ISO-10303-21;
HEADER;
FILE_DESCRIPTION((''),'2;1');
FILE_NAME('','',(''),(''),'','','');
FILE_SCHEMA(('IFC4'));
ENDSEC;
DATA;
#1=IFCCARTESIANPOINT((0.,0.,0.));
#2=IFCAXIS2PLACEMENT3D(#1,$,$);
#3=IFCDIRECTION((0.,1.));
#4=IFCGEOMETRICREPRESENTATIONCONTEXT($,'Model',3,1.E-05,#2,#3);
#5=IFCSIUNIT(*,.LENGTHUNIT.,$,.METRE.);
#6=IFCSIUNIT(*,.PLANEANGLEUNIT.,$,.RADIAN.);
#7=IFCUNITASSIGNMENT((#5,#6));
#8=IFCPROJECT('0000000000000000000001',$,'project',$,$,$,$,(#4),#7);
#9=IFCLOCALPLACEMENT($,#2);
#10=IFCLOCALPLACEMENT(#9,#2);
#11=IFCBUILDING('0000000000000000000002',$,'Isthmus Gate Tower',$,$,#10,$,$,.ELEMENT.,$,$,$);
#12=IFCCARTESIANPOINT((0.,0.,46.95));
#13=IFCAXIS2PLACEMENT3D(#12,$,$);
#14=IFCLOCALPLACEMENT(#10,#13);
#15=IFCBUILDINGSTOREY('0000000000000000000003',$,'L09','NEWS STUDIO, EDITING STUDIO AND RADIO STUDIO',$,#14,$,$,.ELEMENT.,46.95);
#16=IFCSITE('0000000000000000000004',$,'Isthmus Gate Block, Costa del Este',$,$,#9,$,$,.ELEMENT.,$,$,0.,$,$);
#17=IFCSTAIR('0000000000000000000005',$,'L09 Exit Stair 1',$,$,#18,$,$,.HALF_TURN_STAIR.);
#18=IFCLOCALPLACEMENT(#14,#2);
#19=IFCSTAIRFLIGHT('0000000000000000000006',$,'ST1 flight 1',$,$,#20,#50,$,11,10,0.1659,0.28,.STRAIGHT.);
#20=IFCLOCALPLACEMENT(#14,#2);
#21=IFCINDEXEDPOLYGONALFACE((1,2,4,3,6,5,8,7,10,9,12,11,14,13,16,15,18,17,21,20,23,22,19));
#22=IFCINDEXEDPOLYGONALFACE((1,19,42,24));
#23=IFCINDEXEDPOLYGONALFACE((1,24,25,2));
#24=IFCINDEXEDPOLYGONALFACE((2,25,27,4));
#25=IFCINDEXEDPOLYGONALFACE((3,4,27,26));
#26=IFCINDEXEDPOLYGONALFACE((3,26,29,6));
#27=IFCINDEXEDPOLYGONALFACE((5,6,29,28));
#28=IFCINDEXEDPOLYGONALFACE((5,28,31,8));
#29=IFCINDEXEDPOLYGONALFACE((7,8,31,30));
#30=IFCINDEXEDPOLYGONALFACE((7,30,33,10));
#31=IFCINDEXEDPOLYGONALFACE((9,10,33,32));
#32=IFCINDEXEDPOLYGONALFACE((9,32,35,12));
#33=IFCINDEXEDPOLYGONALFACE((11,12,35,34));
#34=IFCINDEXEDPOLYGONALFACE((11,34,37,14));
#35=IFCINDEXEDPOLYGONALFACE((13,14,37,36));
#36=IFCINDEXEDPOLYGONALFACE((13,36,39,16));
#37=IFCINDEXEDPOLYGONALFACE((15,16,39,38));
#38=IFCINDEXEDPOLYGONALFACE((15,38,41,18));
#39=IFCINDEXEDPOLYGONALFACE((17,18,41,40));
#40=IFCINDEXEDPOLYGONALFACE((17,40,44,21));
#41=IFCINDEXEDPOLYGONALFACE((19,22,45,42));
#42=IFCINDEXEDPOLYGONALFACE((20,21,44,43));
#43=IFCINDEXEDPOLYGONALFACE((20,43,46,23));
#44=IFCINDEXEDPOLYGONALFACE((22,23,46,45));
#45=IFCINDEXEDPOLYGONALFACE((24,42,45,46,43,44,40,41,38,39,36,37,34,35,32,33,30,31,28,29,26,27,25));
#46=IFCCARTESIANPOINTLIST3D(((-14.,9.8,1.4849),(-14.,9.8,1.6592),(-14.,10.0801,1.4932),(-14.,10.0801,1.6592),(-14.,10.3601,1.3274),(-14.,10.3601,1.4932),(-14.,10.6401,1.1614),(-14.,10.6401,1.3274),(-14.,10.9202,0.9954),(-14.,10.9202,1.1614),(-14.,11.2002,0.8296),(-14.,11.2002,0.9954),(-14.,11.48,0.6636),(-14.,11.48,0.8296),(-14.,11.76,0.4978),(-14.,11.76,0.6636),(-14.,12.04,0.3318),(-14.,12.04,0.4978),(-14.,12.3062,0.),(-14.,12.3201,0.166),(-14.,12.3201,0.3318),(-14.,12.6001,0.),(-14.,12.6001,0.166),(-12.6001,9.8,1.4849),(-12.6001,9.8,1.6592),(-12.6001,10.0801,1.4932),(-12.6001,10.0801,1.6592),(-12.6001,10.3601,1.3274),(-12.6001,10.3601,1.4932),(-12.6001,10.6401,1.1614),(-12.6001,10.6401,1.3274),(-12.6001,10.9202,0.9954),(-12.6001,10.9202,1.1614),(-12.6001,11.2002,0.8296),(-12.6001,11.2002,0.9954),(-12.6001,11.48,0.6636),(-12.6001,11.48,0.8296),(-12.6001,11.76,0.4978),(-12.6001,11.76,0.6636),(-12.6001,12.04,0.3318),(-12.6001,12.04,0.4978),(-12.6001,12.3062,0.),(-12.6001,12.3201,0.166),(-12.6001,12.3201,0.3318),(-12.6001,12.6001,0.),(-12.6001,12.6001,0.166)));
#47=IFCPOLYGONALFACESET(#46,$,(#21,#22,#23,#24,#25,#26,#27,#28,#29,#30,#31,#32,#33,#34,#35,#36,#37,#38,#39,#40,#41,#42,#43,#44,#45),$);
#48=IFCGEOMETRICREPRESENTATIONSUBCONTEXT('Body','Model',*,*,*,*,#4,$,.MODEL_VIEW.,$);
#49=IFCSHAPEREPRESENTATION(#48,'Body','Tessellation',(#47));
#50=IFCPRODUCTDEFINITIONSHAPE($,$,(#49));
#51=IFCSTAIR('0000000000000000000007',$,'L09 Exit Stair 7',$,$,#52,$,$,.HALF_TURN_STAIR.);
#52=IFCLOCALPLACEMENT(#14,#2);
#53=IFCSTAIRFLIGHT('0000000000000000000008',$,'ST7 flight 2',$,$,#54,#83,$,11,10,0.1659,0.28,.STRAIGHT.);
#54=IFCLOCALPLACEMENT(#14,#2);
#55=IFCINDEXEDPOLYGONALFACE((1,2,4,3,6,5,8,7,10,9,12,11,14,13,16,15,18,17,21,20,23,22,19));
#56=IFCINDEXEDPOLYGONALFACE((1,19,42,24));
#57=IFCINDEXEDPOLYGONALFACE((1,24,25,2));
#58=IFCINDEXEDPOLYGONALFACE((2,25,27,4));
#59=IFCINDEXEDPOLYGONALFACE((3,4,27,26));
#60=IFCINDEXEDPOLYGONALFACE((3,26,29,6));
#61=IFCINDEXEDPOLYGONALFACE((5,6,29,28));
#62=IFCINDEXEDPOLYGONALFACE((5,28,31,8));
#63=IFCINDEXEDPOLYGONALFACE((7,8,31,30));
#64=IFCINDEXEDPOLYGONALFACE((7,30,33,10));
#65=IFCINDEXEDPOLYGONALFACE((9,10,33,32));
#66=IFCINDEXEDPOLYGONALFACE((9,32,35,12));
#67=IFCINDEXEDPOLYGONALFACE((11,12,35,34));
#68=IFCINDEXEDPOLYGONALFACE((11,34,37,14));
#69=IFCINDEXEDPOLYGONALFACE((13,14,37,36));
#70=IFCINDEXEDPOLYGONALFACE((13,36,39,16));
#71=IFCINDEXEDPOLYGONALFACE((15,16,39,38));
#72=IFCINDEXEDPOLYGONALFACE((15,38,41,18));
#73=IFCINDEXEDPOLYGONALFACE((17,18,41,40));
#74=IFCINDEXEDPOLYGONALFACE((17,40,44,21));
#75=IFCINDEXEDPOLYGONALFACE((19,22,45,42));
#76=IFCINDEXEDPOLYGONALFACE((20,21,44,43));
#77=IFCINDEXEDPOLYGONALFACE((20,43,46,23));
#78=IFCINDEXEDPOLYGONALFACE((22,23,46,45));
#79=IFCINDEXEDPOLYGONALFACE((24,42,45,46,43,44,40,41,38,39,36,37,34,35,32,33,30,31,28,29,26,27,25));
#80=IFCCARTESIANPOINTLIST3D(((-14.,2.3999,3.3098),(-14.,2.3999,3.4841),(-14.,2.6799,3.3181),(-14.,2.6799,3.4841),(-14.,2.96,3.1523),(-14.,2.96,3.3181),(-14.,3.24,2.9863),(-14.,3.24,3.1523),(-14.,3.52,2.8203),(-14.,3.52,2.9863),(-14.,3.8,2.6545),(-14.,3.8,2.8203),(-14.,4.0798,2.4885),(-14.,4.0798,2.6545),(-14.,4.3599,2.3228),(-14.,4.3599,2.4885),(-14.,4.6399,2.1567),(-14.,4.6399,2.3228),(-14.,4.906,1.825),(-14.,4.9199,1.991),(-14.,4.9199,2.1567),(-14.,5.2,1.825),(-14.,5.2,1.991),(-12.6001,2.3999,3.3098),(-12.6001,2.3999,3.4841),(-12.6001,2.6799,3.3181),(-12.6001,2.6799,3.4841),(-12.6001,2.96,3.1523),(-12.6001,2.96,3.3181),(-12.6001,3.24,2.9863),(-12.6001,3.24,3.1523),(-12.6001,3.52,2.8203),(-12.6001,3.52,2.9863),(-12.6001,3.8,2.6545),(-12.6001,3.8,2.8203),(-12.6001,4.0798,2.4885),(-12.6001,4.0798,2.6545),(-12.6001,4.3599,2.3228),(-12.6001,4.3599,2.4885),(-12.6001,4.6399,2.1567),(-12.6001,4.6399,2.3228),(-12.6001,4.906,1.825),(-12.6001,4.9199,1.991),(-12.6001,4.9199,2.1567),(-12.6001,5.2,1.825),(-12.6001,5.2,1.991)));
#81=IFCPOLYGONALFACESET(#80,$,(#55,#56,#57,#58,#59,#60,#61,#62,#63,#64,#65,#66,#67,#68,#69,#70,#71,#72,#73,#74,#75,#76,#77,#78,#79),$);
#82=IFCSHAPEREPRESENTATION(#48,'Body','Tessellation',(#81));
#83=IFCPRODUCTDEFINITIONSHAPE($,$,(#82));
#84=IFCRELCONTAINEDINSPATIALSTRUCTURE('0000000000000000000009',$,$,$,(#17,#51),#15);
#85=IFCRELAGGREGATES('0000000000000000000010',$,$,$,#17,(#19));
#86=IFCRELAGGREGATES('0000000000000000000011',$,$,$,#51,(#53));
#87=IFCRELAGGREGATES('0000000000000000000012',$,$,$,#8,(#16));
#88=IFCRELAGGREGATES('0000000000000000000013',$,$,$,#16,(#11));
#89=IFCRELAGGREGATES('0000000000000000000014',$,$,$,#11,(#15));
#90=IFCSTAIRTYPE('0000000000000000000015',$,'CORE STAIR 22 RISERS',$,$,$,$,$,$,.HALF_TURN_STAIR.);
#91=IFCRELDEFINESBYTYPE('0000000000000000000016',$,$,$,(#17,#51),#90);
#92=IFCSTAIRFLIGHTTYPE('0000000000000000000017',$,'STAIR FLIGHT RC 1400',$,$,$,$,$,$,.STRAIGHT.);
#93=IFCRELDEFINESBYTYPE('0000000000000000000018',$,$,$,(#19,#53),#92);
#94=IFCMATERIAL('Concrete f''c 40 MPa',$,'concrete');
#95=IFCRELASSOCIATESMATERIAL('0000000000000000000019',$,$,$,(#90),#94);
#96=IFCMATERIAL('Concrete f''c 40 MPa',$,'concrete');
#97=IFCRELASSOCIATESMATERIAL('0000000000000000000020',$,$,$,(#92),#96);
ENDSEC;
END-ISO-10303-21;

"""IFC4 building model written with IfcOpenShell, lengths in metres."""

from ifc_helpers import new_model, si_unit, direction, frame, origin, place, context, subcontext, project, spatial, polyline, outline, extrude, material, type_object, element, aggregate, save


model = new_model("IFC4")

# Units and contexts
model_context = context("Model", 3, precision=1e-05, world=origin(), true_north=direction((0.0, 1.0)))
body_context = subcontext(model_context, "Body", "Model", "MODEL_VIEW")
ifc_project = project(units=[si_unit("LENGTHUNIT", "METRE"), si_unit("PLANEANGLEUNIT", "RADIAN")], contexts=[model_context])

# Site, building, storey
site_placement = place(None, origin())
site = spatial("IfcSite", under=ifc_project, at=site_placement, Name="Isthmus Gate Block, Costa del Este", CompositionType="ELEMENT", RefElevation=0.0)
building_placement = place(site_placement, origin())
building = spatial("IfcBuilding", under=site, at=building_placement, Name="Isthmus Gate Tower", CompositionType="ELEMENT")
storey_placement = place(building_placement, frame((0.0, 0.0, 46.95)))
storey = spatial("IfcBuildingStorey", under=building, at=storey_placement, Name="L09", Description="NEWS STUDIO, EDITING STUDIO AND RADIO STUDIO", CompositionType="ELEMENT", Elevation=46.95)

# Stairs, stair flights
ifc_material_1 = material(Name="Concrete f'c 40 MPa", Category="concrete")
stair_type = type_object("IfcStairType", Name="CORE STAIR 22 RISERS", PredefinedType="HALF_TURN_STAIR", material=ifc_material_1)
stair_1_placement = place(storey_placement, origin())
stair_1 = element("IfcStair", 1, at=stair_1_placement, inside=storey, type_object=stair_type, Name="L09 Exit Stair 1", PredefinedType="HALF_TURN_STAIR")
ifc_material_2 = material(Name="Concrete f'c 40 MPa", Category="concrete")
stair_flight_type = type_object("IfcStairFlightType", Name="STAIR FLIGHT RC 1400", PredefinedType="STRAIGHT", material=ifc_material_2)
stair_flight_1_placement = place(storey_placement, frame((-13.3, 12.6001, 0.0), z_axis=(0.0, 0.0, 1.0), x_axis=(0.0, -1.0, 0.0)))
stair_flight_1 = element("IfcStairFlight", 2, at=stair_flight_1_placement, type_object=stair_flight_type, Name="ST1 flight 1", NumberOfRisers=11, NumberOfTreads=10, PredefinedType="STRAIGHT", RiserHeight=0.1659, TreadLength=0.28, context=body_context, shape_type="SweptSolid", body=[
    extrude(outline(polyline([(0.0, 0.0), (0.0, 0.166), (0.28, 0.166), (0.28, 0.3318), (0.5601, 0.3318), (0.5601, 0.4978), (0.8401, 0.4978), (0.8401, 0.6636), (1.1201, 0.6636), (1.1201, 0.8296), (1.3999, 0.8296), (1.3999, 0.9954), (1.6799, 0.9954), (1.6799, 1.1614), (1.96, 1.1614), (1.96, 1.3274), (2.24, 1.3274), (2.24, 1.4932), (2.52, 1.4932), (2.52, 1.6592), (2.8, 1.6592), (2.8, 1.825), (2.8, 1.4849), (0.2939, 0.0), (0.0, 0.0)])), frame((0.0, 0.7, 0.0), z_axis=(0.0, -1.0, 0.0), x_axis=(1.0, 0.0, 0.0)), (0.0, 0.0, 1.0), 1.3999),
])
aggregate(stair_1, [stair_flight_1])
stair_2_placement = place(storey_placement, origin())
stair_2 = element("IfcStair", 3, at=stair_2_placement, inside=storey, type_object=stair_type, Name="L09 Exit Stair 7", PredefinedType="HALF_TURN_STAIR")
stair_flight_2_placement = place(storey_placement, frame((-13.3, 5.2, 1.825), z_axis=(0.0, 0.0, 1.0), x_axis=(0.0, -1.0, 0.0)))
stair_flight_2 = element("IfcStairFlight", 4, at=stair_flight_2_placement, type_object=stair_flight_type, Name="ST7 flight 2", NumberOfRisers=11, NumberOfTreads=10, PredefinedType="STRAIGHT", RiserHeight=0.1659, TreadLength=0.28, context=body_context, shape_type="SweptSolid", body=[
    extrude(outline(polyline([(0.0, 0.0), (0.0, 0.166), (0.28, 0.166), (0.28, 0.3318), (0.5601, 0.3318), (0.5601, 0.4978), (0.8401, 0.4978), (0.8401, 0.6636), (1.1201, 0.6636), (1.1201, 0.8296), (1.3999, 0.8296), (1.3999, 0.9954), (1.6799, 0.9954), (1.6799, 1.1614), (1.96, 1.1614), (1.96, 1.3274), (2.24, 1.3274), (2.24, 1.4932), (2.52, 1.4932), (2.52, 1.6592), (2.8, 1.6592), (2.8, 1.825), (2.8, 1.4849), (0.2939, 0.0), (0.0, 0.0)])), frame((0.0, 0.7, 0.0), z_axis=(0.0, -1.0, 0.0), x_axis=(1.0, 0.0, 0.0)), (0.0, 0.0, 1.0), 1.3999),
])
aggregate(stair_2, [stair_flight_2])

save(model, "model.ifc")
